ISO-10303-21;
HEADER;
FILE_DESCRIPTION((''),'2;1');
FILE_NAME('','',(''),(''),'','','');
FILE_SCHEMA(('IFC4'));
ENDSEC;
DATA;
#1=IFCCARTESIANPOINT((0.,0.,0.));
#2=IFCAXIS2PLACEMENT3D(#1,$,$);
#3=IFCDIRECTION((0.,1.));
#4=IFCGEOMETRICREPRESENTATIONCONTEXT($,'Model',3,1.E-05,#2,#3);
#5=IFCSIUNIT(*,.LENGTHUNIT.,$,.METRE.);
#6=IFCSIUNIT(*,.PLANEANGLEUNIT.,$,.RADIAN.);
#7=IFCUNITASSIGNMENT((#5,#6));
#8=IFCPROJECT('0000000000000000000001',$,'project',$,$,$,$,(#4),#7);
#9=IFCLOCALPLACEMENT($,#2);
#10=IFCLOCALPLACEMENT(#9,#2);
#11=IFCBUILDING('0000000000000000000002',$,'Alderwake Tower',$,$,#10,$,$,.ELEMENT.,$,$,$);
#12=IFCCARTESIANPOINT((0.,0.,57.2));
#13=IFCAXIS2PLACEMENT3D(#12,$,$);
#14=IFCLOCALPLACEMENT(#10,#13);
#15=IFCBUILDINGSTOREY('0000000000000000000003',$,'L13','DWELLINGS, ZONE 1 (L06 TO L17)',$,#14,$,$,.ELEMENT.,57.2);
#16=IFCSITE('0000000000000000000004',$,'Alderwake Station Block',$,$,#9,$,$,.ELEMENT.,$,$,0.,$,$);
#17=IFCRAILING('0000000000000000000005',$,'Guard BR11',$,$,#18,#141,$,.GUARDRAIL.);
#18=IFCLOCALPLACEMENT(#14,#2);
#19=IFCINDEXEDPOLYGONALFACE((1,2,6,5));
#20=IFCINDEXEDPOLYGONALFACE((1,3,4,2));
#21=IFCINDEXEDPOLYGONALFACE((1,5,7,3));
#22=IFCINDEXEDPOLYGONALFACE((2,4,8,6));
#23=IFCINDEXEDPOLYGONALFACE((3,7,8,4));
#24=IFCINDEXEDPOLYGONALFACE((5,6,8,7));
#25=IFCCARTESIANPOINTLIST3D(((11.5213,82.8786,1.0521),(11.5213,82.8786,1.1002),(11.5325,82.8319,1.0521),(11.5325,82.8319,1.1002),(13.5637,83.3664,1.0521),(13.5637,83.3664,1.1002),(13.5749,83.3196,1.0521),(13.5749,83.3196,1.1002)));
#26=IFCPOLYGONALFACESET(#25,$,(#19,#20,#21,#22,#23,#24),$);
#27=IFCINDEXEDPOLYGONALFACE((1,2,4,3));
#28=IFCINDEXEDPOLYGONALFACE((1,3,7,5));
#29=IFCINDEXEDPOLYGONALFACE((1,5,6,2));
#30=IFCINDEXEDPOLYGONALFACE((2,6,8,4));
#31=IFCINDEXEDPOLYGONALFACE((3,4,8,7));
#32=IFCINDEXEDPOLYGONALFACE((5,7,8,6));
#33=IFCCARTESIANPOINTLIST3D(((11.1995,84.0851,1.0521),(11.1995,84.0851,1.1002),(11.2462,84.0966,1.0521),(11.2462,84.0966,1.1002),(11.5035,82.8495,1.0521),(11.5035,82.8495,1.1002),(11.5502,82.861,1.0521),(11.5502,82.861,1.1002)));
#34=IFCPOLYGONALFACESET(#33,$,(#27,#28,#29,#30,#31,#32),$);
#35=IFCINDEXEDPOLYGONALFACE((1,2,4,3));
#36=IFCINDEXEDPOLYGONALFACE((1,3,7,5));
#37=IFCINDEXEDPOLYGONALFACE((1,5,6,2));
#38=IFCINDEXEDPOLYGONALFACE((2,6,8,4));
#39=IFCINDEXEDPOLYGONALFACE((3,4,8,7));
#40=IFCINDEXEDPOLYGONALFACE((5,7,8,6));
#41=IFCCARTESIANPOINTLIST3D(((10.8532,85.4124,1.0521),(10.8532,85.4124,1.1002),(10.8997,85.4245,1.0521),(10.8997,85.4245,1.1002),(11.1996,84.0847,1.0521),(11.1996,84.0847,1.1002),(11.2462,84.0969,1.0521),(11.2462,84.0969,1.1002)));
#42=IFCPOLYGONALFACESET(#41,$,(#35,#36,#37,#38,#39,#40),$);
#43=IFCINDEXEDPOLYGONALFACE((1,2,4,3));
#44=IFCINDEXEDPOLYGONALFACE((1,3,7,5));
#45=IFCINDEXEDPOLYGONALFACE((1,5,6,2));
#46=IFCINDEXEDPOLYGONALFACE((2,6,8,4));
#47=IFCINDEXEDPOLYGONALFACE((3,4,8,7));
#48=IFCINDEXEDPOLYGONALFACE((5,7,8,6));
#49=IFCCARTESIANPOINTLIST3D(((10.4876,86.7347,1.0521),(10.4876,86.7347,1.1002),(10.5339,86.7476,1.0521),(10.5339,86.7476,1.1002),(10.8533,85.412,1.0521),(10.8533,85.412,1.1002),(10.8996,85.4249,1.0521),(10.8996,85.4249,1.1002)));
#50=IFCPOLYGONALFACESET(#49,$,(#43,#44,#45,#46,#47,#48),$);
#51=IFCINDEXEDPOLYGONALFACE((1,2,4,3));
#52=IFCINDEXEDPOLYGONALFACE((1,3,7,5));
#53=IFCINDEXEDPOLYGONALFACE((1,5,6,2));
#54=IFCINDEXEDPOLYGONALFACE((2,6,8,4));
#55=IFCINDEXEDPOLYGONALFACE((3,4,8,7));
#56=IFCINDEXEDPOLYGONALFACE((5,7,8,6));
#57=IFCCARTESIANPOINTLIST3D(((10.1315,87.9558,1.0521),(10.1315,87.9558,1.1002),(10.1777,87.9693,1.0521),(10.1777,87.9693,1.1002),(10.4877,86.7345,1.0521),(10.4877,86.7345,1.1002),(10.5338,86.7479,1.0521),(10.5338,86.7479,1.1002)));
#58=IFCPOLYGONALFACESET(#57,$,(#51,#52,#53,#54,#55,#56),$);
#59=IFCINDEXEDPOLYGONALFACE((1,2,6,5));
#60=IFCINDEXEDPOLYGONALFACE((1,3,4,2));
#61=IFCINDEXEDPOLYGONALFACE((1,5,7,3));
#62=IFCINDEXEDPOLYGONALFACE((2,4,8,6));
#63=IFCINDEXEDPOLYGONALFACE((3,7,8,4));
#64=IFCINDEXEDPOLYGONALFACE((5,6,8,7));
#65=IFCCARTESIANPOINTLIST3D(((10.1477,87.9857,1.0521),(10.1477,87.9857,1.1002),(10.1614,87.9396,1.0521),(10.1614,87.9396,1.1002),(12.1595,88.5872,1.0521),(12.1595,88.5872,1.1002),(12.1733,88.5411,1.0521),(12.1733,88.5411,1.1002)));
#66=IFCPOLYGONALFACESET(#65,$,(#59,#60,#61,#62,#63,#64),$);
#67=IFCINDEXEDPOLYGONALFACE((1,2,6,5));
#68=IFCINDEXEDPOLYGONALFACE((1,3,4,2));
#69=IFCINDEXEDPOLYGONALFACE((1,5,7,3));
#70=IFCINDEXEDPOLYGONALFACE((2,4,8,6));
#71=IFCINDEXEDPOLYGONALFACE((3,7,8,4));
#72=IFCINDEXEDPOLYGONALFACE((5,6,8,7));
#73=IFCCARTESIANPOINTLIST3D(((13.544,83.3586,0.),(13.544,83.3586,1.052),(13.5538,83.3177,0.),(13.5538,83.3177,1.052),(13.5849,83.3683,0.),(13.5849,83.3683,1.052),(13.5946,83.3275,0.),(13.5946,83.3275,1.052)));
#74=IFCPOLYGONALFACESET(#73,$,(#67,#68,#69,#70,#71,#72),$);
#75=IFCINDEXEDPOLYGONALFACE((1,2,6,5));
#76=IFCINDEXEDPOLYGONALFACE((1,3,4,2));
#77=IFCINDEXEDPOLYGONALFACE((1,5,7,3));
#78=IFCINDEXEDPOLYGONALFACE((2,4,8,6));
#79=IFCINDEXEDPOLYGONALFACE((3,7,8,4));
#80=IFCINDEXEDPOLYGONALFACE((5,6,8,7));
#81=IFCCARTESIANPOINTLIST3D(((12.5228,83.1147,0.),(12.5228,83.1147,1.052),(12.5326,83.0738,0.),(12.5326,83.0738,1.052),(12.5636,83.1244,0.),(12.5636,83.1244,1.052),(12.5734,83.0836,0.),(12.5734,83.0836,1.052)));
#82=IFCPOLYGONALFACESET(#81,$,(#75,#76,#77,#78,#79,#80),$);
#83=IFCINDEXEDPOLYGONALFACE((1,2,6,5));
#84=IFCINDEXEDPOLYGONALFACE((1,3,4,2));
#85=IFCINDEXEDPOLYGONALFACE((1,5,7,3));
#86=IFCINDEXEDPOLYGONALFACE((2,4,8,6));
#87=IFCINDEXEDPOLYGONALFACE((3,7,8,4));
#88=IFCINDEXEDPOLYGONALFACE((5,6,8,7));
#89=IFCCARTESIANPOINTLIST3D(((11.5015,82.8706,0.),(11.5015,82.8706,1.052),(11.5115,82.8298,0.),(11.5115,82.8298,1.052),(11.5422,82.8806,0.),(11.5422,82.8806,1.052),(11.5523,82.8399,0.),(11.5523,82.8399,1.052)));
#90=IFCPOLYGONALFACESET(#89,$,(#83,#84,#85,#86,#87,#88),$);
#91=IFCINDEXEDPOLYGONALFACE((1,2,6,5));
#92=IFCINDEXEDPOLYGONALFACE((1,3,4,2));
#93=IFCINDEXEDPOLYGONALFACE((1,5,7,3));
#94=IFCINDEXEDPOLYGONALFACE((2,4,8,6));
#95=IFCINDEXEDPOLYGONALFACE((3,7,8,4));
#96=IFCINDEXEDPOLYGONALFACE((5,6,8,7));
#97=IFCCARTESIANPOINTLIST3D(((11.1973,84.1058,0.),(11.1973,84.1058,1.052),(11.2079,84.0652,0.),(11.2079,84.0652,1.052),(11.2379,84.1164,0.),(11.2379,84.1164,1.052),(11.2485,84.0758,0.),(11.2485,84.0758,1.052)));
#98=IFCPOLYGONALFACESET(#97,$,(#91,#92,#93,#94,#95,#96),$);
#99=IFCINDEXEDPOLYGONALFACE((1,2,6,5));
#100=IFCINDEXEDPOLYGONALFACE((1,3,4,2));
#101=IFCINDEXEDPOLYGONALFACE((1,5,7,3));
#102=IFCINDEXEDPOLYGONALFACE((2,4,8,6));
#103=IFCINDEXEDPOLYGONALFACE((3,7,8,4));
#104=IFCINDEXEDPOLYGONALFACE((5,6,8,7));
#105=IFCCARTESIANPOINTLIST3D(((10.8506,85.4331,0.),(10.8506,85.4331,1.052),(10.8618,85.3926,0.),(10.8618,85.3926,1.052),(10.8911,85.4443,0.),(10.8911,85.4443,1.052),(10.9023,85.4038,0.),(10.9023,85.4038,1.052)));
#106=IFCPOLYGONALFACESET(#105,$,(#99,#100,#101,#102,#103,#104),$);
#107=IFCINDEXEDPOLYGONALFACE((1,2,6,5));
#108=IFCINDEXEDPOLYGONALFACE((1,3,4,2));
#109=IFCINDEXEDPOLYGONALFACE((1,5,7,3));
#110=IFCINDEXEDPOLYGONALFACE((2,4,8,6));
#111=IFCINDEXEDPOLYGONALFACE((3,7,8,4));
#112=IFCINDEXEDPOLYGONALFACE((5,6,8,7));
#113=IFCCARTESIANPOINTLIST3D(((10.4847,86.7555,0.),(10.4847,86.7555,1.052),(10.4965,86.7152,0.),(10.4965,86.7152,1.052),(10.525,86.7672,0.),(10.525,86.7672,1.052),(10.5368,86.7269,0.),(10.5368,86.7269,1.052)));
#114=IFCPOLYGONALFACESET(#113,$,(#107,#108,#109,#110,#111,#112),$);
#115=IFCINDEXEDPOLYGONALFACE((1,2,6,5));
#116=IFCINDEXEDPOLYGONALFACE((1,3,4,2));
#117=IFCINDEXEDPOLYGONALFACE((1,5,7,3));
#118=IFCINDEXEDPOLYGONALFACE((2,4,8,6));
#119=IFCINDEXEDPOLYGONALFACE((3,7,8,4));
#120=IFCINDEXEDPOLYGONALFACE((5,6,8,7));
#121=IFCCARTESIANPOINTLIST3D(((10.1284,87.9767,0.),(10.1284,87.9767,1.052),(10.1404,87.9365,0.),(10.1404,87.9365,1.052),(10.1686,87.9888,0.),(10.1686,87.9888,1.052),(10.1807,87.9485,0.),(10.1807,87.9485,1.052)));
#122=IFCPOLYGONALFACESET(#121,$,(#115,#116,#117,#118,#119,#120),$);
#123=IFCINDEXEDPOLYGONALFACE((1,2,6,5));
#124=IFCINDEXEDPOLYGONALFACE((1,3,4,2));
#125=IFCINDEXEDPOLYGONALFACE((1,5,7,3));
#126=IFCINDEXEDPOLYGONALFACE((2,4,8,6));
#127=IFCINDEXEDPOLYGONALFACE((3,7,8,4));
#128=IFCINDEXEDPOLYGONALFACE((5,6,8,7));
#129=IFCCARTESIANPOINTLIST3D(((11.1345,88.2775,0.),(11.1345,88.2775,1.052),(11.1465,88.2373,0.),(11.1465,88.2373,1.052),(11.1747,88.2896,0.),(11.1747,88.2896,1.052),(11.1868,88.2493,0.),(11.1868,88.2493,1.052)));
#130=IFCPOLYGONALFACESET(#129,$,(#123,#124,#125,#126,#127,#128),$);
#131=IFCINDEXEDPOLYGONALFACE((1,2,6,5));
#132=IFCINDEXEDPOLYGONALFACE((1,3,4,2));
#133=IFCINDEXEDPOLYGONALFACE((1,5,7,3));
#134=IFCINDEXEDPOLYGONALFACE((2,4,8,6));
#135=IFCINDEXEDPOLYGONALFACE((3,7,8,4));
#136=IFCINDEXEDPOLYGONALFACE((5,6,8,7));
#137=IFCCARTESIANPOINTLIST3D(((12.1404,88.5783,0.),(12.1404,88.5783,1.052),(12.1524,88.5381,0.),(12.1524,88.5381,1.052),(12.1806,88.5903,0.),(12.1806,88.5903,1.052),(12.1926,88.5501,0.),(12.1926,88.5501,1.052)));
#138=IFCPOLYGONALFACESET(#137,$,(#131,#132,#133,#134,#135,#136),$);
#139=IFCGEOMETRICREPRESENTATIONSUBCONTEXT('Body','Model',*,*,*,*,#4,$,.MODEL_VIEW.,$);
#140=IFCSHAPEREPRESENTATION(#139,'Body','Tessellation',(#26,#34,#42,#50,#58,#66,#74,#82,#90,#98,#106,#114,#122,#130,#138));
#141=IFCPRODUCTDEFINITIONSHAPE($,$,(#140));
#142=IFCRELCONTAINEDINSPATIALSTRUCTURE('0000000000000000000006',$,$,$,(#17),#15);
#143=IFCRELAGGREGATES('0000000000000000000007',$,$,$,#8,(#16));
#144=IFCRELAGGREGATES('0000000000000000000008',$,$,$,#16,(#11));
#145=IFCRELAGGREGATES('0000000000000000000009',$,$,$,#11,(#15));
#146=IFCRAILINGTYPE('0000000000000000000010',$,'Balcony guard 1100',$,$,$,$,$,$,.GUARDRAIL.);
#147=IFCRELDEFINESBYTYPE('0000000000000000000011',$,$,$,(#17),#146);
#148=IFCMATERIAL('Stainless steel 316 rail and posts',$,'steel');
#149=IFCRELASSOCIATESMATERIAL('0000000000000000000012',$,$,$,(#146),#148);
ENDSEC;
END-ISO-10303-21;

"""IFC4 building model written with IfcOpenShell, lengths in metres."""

from ifc_helpers import new_model, si_unit, direction, frame, origin, origin_2d, place, context, subcontext, project, spatial, rectangle, extrude, material, type_object, element, save


model = new_model("IFC4")

# Units and contexts
model_context = context("Model", 3, precision=1e-05, world=origin(), true_north=direction((0.0, 1.0)))
body_context = subcontext(model_context, "Body", "Model", "MODEL_VIEW")
ifc_project = project(units=[si_unit("LENGTHUNIT", "METRE"), si_unit("PLANEANGLEUNIT", "RADIAN")], contexts=[model_context])

# Site, building, storey
site_placement = place(None, origin())
site = spatial("IfcSite", under=ifc_project, at=site_placement, Name="Alderwake Station Block", CompositionType="ELEMENT", RefElevation=0.0)
building_placement = place(site_placement, origin())
building = spatial("IfcBuilding", under=site, at=building_placement, Name="Alderwake Tower", CompositionType="ELEMENT")
storey_placement = place(building_placement, frame((0.0, 0.0, 57.2)))
storey = spatial("IfcBuildingStorey", under=building, at=storey_placement, Name="L13", Description="DWELLINGS, ZONE 1 (L06 TO L17)", CompositionType="ELEMENT", Elevation=57.2)

# Railing
ifc_material_1 = material(Name="Stainless steel 316 rail and posts", Category="steel")
railing_type = type_object("IfcRailingType", Name="Balcony guard 1100", PredefinedType="GUARDRAIL", material=ifc_material_1)
railing_placement = place(storey_placement, frame((13.5693, 83.343, 0.0)))
element("IfcRailing", 1, at=railing_placement, inside=storey, type_object=railing_type, Name="Guard BR11", PredefinedType="GUARDRAIL", context=body_context, shape_type="SweptSolid", body=[
    extrude(rectangle(XDim=0.0481, YDim=0.0481, at=origin_2d()), frame((0.0, 0.0, 1.0762), z_axis=(-0.972646, -0.232291, 0.0), x_axis=(0.232291, -0.972646, 0.0)), (0.0, 0.0, 1.0), 2.0999),
    extrude(rectangle(XDim=0.0481, YDim=0.0481, at=origin_2d()), frame((-2.0425, -0.4878, 1.0762), z_axis=(-0.238877, 0.97105, 0.0), x_axis=(-0.97105, -0.238877, 0.0)), (0.0, 0.0, 1.0), 1.2725),
    extrude(rectangle(XDim=0.0481, YDim=0.0481, at=origin_2d()), frame((-2.3464, 0.7478, 1.0762), z_axis=(-0.252487, 0.9676, 0.0), x_axis=(-0.9676, -0.252487, 0.0)), (0.0, 0.0, 1.0), 1.3721),
    extrude(rectangle(XDim=0.0481, YDim=0.0481, at=origin_2d()), frame((-2.6929, 2.0754, 1.0762), z_axis=(-0.266488, 0.963838, 0.0), x_axis=(-0.963838, -0.266488, 0.0)), (0.0, 0.0, 1.0), 1.3723),
    extrude(rectangle(XDim=0.0481, YDim=0.0481, at=origin_2d()), frame((-3.0586, 3.3982, 1.0762), z_axis=(-0.279963, 0.960011, 0.0), x_axis=(-0.960011, -0.279963, 0.0)), (0.0, 0.0, 1.0), 1.2722),
    extrude(rectangle(XDim=0.0481, YDim=0.0481, at=origin_2d()), frame((-3.4148, 4.6196, 1.0762), z_axis=(0.958091, 0.286462, 0.0), x_axis=(-0.286462, 0.958091, 0.0)), (0.0, 0.0, 1.0), 2.0999),
    extrude(rectangle(XDim=0.042, YDim=0.042, at=origin_2d()), frame((0.0, 0.0, 0.0), z_axis=(0.0, 0.0, 1.0), x_axis=(-0.972646, -0.232291, 0.0)), (0.0, 0.0, 1.0), 1.052),
    extrude(rectangle(XDim=0.042, YDim=0.042, at=origin_2d()), frame((-1.0212, -0.2439, 0.0), z_axis=(0.0, 0.0, 1.0), x_axis=(-0.972646, -0.232291, 0.0)), (0.0, 0.0, 1.0), 1.052),
    extrude(rectangle(XDim=0.042, YDim=0.042, at=origin_2d()), frame((-2.0425, -0.4878, 0.0), z_axis=(0.0, 0.0, 1.0), x_axis=(-0.238877, 0.97105, 0.0)), (0.0, 0.0, 1.0), 1.052),
    extrude(rectangle(XDim=0.042, YDim=0.042, at=origin_2d()), frame((-2.3464, 0.7478, 0.0), z_axis=(0.0, 0.0, 1.0), x_axis=(-0.252487, 0.9676, 0.0)), (0.0, 0.0, 1.0), 1.052),
    extrude(rectangle(XDim=0.042, YDim=0.042, at=origin_2d()), frame((-2.6929, 2.0754, 0.0), z_axis=(0.0, 0.0, 1.0), x_axis=(-0.266488, 0.963838, 0.0)), (0.0, 0.0, 1.0), 1.052),
    extrude(rectangle(XDim=0.042, YDim=0.042, at=origin_2d()), frame((-3.0586, 3.3982, 0.0), z_axis=(0.0, 0.0, 1.0), x_axis=(-0.279963, 0.960011, 0.0)), (0.0, 0.0, 1.0), 1.052),
    extrude(rectangle(XDim=0.042, YDim=0.042, at=origin_2d()), frame((-3.4148, 4.6196, 0.0), z_axis=(0.0, 0.0, 1.0), x_axis=(0.958091, 0.286462, 0.0)), (0.0, 0.0, 1.0), 1.052),
    extrude(rectangle(XDim=0.042, YDim=0.042, at=origin_2d()), frame((-2.4087, 4.9204, 0.0), z_axis=(0.0, 0.0, 1.0), x_axis=(0.958091, 0.286462, 0.0)), (0.0, 0.0, 1.0), 1.052),
    extrude(rectangle(XDim=0.042, YDim=0.042, at=origin_2d()), frame((-1.4028, 5.2212, 0.0), z_axis=(0.0, 0.0, 1.0), x_axis=(0.958091, 0.286462, 0.0)), (0.0, 0.0, 1.0), 1.052),
])

save(model, "model.ifc")
